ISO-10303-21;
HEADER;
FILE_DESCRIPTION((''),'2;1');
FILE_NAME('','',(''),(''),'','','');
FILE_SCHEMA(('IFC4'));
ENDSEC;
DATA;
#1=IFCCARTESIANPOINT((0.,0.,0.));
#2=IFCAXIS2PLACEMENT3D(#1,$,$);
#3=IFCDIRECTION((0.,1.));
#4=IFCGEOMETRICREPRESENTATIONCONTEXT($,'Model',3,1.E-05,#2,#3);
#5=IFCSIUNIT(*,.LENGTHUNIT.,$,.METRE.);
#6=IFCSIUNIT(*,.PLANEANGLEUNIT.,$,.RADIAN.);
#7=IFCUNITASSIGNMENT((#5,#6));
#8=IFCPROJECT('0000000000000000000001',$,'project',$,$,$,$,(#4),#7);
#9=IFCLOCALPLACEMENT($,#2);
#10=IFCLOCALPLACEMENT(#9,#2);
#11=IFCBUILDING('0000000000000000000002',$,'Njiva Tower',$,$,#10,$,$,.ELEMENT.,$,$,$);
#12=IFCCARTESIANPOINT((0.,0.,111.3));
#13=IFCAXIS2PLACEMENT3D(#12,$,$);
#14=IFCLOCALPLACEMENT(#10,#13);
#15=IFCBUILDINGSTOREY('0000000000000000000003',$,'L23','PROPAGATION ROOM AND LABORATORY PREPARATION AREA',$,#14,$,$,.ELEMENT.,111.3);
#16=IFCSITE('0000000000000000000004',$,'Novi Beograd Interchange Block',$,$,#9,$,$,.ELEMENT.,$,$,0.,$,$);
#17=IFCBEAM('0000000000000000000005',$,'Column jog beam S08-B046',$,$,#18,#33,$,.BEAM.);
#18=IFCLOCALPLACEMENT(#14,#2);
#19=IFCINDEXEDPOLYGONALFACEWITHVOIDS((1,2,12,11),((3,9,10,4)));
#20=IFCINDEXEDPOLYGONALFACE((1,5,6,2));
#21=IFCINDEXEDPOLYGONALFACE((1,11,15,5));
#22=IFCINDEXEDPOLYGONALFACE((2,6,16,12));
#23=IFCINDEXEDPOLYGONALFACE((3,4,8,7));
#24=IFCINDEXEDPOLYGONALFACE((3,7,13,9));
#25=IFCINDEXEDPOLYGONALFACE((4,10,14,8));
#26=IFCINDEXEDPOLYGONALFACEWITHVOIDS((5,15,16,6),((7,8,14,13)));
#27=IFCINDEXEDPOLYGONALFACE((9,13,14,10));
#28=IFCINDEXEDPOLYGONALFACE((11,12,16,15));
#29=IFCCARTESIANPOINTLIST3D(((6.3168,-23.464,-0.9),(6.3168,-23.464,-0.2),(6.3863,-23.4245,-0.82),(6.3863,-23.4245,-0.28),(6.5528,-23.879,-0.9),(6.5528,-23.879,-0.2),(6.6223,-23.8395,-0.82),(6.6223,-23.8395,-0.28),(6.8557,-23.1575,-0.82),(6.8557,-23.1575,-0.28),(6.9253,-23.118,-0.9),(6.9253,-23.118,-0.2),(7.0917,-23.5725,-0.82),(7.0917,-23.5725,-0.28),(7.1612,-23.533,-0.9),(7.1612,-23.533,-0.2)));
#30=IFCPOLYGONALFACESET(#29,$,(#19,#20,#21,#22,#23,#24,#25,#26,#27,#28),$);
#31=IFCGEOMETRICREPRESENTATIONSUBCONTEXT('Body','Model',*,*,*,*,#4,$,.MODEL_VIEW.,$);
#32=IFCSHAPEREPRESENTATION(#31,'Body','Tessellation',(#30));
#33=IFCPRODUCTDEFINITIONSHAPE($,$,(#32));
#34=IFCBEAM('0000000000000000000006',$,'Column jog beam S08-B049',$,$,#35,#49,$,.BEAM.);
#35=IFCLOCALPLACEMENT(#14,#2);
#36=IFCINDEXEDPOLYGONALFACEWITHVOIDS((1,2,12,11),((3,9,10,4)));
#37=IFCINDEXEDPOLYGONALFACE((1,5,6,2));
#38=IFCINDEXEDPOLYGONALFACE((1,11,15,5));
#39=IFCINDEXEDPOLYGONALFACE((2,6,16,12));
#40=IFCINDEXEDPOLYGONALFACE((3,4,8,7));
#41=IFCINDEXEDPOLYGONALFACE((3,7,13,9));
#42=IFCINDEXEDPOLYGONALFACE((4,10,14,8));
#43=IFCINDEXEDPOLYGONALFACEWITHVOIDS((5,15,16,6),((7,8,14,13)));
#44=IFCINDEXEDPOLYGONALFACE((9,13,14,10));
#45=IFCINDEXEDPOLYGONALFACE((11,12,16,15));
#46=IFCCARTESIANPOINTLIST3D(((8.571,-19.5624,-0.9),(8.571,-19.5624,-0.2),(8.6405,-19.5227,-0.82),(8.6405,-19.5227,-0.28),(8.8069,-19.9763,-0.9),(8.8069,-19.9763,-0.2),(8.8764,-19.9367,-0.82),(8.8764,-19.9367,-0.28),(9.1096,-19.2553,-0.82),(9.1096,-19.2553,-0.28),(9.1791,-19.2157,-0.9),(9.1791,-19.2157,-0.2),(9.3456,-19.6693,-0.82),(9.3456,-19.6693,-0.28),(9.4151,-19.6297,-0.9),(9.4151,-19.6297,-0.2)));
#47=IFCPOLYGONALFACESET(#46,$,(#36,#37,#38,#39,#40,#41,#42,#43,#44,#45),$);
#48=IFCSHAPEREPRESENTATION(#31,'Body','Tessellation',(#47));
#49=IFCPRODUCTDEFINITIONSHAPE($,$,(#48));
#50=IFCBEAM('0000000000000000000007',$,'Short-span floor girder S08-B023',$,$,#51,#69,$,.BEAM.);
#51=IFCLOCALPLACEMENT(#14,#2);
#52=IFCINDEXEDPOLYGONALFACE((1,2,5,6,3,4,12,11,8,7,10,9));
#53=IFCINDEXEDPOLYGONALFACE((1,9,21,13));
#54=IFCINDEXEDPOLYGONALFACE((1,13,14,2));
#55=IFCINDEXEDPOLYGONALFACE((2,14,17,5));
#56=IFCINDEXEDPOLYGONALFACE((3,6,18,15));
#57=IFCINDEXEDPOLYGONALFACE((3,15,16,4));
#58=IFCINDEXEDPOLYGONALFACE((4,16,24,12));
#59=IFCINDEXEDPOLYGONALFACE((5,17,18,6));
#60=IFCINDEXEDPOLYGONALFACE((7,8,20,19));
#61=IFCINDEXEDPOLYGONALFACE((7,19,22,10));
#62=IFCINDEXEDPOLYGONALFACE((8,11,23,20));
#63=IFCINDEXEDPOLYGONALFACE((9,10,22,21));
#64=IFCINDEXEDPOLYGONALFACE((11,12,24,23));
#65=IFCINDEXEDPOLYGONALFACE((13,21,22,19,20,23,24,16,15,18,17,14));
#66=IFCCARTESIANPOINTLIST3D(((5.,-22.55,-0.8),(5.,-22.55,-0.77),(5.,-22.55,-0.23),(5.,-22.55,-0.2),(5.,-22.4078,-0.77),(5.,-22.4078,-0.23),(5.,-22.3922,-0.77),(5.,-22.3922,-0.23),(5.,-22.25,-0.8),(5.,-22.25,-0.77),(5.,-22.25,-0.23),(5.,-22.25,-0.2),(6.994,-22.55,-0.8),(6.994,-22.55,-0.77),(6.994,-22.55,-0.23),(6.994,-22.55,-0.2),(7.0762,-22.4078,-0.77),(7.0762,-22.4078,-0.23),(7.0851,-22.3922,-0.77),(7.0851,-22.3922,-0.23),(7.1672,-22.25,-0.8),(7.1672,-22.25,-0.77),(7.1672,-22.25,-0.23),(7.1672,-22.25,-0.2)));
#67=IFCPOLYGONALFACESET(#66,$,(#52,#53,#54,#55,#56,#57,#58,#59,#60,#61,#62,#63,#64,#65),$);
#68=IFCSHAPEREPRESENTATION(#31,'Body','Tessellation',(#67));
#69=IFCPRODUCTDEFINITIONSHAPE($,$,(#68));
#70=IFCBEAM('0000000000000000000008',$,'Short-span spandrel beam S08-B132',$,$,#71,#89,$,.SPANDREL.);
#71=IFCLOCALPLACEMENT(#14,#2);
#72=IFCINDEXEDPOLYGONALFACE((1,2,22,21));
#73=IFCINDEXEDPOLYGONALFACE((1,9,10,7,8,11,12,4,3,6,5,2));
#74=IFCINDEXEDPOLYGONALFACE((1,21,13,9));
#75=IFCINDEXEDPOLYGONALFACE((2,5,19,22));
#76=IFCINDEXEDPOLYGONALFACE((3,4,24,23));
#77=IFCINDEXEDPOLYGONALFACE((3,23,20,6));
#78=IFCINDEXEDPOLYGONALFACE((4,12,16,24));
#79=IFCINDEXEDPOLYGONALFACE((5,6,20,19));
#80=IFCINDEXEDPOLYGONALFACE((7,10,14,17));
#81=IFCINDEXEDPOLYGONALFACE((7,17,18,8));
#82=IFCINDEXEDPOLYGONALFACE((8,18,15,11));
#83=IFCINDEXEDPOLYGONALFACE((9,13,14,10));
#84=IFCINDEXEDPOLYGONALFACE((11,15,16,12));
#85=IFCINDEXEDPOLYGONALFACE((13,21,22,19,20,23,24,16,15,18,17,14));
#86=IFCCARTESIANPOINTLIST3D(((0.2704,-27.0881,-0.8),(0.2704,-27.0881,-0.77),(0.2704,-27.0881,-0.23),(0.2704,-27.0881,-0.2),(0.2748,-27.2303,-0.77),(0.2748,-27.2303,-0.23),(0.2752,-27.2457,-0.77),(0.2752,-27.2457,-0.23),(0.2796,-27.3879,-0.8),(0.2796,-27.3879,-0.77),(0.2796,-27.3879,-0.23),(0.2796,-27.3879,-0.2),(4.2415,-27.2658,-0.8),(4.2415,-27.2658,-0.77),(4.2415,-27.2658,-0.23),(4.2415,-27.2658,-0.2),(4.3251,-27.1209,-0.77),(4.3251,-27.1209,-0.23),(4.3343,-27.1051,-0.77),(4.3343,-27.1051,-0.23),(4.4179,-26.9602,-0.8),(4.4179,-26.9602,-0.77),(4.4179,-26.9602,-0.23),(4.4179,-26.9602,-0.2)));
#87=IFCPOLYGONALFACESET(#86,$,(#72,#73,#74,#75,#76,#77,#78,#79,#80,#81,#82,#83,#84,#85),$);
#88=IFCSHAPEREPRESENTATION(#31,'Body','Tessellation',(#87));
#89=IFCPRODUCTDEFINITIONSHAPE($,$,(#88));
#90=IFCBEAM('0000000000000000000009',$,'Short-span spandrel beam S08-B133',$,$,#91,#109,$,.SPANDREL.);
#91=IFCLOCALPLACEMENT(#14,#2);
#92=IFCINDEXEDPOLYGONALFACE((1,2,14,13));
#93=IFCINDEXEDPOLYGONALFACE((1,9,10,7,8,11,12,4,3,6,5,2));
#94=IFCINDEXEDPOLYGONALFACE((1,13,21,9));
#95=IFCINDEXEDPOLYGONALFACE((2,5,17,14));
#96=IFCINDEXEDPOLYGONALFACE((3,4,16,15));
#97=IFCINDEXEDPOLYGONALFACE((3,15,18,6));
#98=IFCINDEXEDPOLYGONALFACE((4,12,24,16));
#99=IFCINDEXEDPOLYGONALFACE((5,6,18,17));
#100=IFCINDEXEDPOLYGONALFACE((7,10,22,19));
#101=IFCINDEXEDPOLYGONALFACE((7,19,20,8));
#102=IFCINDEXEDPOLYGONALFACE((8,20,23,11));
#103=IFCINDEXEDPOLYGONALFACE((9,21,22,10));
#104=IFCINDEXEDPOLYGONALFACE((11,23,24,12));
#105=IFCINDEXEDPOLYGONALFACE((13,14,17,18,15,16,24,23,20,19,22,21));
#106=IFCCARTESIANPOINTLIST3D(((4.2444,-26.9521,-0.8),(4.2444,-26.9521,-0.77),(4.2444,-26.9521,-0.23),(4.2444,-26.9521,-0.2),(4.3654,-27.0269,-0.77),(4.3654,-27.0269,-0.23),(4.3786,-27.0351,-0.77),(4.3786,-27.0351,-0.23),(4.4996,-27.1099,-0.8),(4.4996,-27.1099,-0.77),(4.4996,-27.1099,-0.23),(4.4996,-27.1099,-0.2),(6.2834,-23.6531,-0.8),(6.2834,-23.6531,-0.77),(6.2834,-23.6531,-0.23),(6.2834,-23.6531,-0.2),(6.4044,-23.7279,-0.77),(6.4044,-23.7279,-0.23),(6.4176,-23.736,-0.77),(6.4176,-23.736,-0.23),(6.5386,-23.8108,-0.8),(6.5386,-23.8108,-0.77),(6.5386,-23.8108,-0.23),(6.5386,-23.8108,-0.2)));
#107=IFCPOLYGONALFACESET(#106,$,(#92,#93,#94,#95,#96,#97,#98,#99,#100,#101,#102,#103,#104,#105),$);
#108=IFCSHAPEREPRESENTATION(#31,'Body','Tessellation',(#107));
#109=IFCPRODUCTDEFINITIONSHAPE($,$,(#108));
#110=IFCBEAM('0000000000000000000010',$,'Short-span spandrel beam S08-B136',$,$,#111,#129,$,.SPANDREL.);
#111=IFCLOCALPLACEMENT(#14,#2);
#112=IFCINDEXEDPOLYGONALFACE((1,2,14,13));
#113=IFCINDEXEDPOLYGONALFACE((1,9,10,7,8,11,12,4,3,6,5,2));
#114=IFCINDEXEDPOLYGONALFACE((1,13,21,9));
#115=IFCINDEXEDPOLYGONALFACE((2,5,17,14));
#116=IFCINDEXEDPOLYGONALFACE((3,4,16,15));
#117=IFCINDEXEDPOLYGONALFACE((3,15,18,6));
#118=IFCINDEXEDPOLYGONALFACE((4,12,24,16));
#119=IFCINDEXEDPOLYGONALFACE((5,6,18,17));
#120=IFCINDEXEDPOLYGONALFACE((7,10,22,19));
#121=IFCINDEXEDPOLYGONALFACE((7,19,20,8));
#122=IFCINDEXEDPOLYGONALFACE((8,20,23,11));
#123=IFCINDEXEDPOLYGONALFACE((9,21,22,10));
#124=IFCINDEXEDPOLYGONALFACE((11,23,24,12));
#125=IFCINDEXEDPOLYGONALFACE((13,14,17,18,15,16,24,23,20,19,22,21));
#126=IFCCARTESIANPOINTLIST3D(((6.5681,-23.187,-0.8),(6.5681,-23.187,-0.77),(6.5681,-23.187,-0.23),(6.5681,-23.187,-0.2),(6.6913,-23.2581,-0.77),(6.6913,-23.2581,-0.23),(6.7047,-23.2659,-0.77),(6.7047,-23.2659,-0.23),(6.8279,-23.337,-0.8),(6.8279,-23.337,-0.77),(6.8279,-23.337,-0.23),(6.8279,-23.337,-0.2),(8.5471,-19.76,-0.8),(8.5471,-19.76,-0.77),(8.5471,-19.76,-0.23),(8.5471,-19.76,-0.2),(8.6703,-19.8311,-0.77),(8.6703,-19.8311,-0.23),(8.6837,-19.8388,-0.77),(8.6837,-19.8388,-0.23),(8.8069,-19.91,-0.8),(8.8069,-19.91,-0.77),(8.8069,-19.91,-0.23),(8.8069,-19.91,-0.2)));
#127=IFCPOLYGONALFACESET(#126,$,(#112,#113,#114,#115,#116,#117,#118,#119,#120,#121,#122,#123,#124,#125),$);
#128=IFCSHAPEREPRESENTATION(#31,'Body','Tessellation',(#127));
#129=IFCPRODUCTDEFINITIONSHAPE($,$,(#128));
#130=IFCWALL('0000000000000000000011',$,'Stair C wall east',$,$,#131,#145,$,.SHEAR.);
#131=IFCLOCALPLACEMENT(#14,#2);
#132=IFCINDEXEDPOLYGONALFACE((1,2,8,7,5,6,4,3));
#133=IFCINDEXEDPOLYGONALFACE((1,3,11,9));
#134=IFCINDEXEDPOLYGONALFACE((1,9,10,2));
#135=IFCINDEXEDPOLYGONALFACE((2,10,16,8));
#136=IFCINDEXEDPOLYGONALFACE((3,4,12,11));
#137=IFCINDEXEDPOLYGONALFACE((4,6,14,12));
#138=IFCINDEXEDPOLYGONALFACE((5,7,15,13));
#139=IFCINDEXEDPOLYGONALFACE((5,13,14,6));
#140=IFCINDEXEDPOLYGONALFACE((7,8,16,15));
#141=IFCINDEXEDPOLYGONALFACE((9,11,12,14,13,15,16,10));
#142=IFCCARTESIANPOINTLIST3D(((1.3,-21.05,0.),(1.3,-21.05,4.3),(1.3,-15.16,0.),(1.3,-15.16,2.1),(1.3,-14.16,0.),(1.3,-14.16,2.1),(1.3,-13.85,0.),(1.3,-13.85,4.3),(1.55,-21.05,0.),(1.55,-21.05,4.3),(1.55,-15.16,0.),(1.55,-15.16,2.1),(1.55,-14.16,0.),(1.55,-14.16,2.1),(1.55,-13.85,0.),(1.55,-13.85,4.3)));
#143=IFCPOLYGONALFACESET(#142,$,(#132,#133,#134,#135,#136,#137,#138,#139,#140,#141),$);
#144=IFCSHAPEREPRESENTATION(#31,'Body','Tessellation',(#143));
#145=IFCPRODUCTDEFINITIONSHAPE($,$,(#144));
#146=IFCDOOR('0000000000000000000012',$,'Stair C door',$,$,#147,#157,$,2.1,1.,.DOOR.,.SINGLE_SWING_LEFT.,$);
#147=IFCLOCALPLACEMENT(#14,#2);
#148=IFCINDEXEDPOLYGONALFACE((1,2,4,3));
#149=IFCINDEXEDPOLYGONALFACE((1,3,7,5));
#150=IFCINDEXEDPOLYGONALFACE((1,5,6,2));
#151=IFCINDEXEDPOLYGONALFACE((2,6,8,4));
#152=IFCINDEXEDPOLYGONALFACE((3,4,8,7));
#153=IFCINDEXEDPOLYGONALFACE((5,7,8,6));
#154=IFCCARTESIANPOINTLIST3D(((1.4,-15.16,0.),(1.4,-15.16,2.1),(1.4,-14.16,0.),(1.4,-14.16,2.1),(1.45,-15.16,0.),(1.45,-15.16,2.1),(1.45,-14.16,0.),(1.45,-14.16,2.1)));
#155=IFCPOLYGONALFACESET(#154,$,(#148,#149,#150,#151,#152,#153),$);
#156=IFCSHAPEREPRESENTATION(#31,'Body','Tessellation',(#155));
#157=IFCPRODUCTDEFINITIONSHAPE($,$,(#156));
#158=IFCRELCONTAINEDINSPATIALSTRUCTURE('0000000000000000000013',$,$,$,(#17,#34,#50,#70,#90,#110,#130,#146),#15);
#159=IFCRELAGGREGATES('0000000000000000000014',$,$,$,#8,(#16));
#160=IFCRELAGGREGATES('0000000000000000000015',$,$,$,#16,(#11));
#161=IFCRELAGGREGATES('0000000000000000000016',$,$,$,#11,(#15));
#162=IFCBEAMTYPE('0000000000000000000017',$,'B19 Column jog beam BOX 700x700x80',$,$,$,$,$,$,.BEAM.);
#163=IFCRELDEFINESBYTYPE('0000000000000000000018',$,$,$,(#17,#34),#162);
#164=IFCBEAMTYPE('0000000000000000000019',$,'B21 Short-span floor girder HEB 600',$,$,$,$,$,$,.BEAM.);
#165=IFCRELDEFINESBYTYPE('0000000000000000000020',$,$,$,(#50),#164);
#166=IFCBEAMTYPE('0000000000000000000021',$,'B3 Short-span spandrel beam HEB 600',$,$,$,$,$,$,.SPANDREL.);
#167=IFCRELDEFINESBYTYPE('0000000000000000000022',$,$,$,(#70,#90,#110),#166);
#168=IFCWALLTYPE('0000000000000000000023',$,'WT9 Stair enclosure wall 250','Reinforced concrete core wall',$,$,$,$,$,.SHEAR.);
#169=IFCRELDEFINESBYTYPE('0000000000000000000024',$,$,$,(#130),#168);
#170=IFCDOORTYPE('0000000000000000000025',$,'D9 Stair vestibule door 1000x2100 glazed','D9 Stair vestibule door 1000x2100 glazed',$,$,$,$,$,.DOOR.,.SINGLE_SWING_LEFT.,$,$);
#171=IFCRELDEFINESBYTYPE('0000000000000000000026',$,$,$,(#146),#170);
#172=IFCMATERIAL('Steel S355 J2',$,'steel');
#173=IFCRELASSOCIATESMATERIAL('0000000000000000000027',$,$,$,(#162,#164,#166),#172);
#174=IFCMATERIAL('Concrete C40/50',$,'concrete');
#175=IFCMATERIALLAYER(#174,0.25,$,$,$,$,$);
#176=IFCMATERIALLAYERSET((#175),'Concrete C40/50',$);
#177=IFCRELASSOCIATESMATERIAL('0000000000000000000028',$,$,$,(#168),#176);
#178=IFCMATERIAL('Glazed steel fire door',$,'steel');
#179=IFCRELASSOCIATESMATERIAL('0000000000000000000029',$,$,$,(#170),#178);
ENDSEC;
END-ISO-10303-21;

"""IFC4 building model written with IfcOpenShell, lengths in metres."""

from ifc_helpers import new_model, si_unit, direction, frame, frame_2d, origin, origin_2d, place, context, subcontext, project, spatial, rectangle, hollow_rectangle, i_section, extrude, clip, halfspace, material, layer, layer_set, material_profile, profile_set, type_object, element, fill, save


model = new_model("IFC4")

# Units and contexts
model_context = context("Model", 3, precision=1e-05, world=origin(), true_north=direction((0.0, 1.0)))
body_context = subcontext(model_context, "Body", "Model", "MODEL_VIEW")
ifc_project = project(units=[si_unit("LENGTHUNIT", "METRE"), si_unit("PLANEANGLEUNIT", "RADIAN")], contexts=[model_context])

# Site, building, storey
site_placement = place(None, origin())
site = spatial("IfcSite", under=ifc_project, at=site_placement, Name="Novi Beograd Interchange Block", CompositionType="ELEMENT", RefElevation=0.0)
building_placement = place(site_placement, origin())
building = spatial("IfcBuilding", under=site, at=building_placement, Name="Njiva Tower", CompositionType="ELEMENT")
storey_placement = place(building_placement, frame((0.0, 0.0, 111.3)))
storey = spatial("IfcBuildingStorey", under=building, at=storey_placement, Name="L23", Description="PROPAGATION ROOM AND LABORATORY PREPARATION AREA", CompositionType="ELEMENT", Elevation=111.3)

# Shared definitions
ifc_material_1 = material(Name="Steel S355 J2", Category="steel")

# Beams
ifc_material_profile_1 = material_profile(ifc_material_1, hollow_rectangle(XDim=0.7, YDim=0.7, WallThickness=0.08, at=origin_2d()), Name="BOX 700x700x80")
ifc_profile_set_1 = profile_set([ifc_material_profile_1], Name="Steel S355 J2")
beam_type_1 = type_object("IfcBeamType", Name="B19 Column jog beam BOX 700x700x80", PredefinedType="BEAM", material=ifc_profile_set_1)
beam_1_placement = place(storey_placement, frame((6.857, -23.706, -0.55), z_axis=(-0.494333, 0.869272, 0.0), x_axis=(-0.869272, -0.494333, 0.0)))
element("IfcBeam", 1, at=beam_1_placement, inside=storey, type_object=beam_type_1, Name="Column jog beam S08-B046", PredefinedType="BEAM", context=body_context, shape_type="SweptSolid", body=[
    extrude(hollow_rectangle(XDim=0.7, YDim=0.7, WallThickness=0.08, at=origin_2d()), origin(), (0.0, 0.0, 1.0), 0.4774),
])
beam_2_placement = place(storey_placement, frame((9.111, -19.803, -0.55), z_axis=(-0.495235, 0.868759, 0.0), x_axis=(-0.868759, -0.495235, 0.0)))
element("IfcBeam", 2, at=beam_2_placement, inside=storey, type_object=beam_type_1, Name="Column jog beam S08-B049", PredefinedType="BEAM", context=body_context, shape_type="SweptSolid", body=[
    extrude(hollow_rectangle(XDim=0.7, YDim=0.7, WallThickness=0.08, at=origin_2d()), origin(), (0.0, 0.0, 1.0), 0.4765),
])
ifc_material_profile_2 = material_profile(ifc_material_1, i_section(OverallWidth=0.3, OverallDepth=0.6, WebThickness=0.0155, FlangeThickness=0.03, at=origin_2d()), Name="HEB 600")
ifc_profile_set_2 = profile_set([ifc_material_profile_2], Name="Steel S355 J2")
beam_type_2 = type_object("IfcBeamType", Name="B21 Short-span floor girder HEB 600", PredefinedType="BEAM", material=ifc_profile_set_2)
beam_3_placement = place(storey_placement, frame((5.0, -22.4, -0.5), z_axis=(1.0, 0.0, 0.0), x_axis=(0.0, 1.0, 0.0)))
element("IfcBeam", 3, at=beam_3_placement, inside=storey, type_object=beam_type_2, Name="Short-span floor girder S08-B023", PredefinedType="BEAM", context=body_context, shape_type="Clipping", body=[
    clip(extrude(i_section(OverallWidth=0.3, OverallDepth=0.6, WebThickness=0.0155, FlangeThickness=0.03, at=origin_2d()), origin(), (0.0, 0.0, 1.0), 2.188), halfspace(frame((-0.025, 0.0, 2.0662), z_axis=(-0.499998, 0.0, 0.866027), x_axis=(0.0, 1.0, 0.0)), False)),
])
ifc_material_profile_3 = material_profile(ifc_material_1, i_section(OverallWidth=0.3, OverallDepth=0.6, WebThickness=0.0155, FlangeThickness=0.03, at=origin_2d()), Name="HEB 600")
ifc_profile_set_3 = profile_set([ifc_material_profile_3], Name="Steel S355 J2")
beam_type_3 = type_object("IfcBeamType", Name="B3 Short-span spandrel beam HEB 600", PredefinedType="SPANDREL", material=ifc_profile_set_3)
beam_4_placement = place(storey_placement, frame((0.275, -27.238, -0.5), z_axis=(0.999525, 0.030812, 0.0), x_axis=(-0.030812, 0.999525, 0.0)))
element("IfcBeam", 4, at=beam_4_placement, inside=storey, type_object=beam_type_3, Name="Short-span spandrel beam S08-B132", PredefinedType="SPANDREL", context=body_context, shape_type="Clipping", body=[
    clip(extrude(i_section(OverallWidth=0.3, OverallDepth=0.6, WebThickness=0.0155, FlangeThickness=0.03, at=origin_2d()), origin(), (0.0, 0.0, 1.0), 4.1699), halfspace(frame((-0.0262, 0.0, 4.0404), z_axis=(-0.526444, 0.0, 0.85021), x_axis=(0.0, 1.0, 0.0)), False)),
])
beam_5_placement = place(storey_placement, frame((4.372, -27.031, -0.5), z_axis=(0.525751, 0.850639, 0.0), x_axis=(-0.850639, 0.525751, 0.0)))
element("IfcBeam", 5, at=beam_5_placement, inside=storey, type_object=beam_type_3, Name="Short-span spandrel beam S08-B133", PredefinedType="SPANDREL", context=body_context, shape_type="SweptSolid", body=[
    extrude(i_section(OverallWidth=0.3, OverallDepth=0.6, WebThickness=0.0155, FlangeThickness=0.03, at=origin_2d()), origin(), (0.0, 0.0, 1.0), 3.8783),
])
beam_6_placement = place(storey_placement, frame((6.698, -23.262, -0.5), z_axis=(0.50008, 0.865979, 0.0), x_axis=(-0.865979, 0.50008, 0.0)))
element("IfcBeam", 6, at=beam_6_placement, inside=storey, type_object=beam_type_3, Name="Short-span spandrel beam S08-B136", PredefinedType="SPANDREL", context=body_context, shape_type="SweptSolid", body=[
    extrude(i_section(OverallWidth=0.3, OverallDepth=0.6, WebThickness=0.0155, FlangeThickness=0.03, at=origin_2d()), origin(), (0.0, 0.0, 1.0), 3.9574),
])

# Wall, opening, door
ifc_material_2 = material(Name="Concrete C40/50", Category="concrete")
ifc_layer_1 = layer(ifc_material_2, 0.25)
ifc_layer_set_1 = layer_set([ifc_layer_1], Name="Concrete C40/50")
wall_type_1 = type_object("IfcWallType", Name="WT9 Stair enclosure wall 250", Description="Reinforced concrete core wall", PredefinedType="SHEAR", material=ifc_layer_set_1)
wall_1_placement = place(storey_placement, frame((1.425, -21.05, 0.0), z_axis=(0.0, 0.0, 1.0), x_axis=(0.0, 1.0, 0.0)))
wall_1 = element("IfcWall", 7, at=wall_1_placement, inside=storey, type_object=wall_type_1, Name="Stair C wall east", PredefinedType="SHEAR", context=body_context, shape_type="SweptSolid", body=[
    extrude(rectangle(XDim=7.2, YDim=0.25, at=frame_2d((3.6, 0.0))), origin(), (0.0, 0.0, 1.0), 4.3),
])
opening_1_placement = place(wall_1_placement, frame((5.89, 0.0, 0.0)))
opening_1 = element("IfcOpeningElement", 8, at=opening_1_placement, cuts=wall_1, PredefinedType="OPENING", context=body_context, shape_type="SweptSolid", body=[
    extrude(rectangle(XDim=1.0, YDim=2.1, at=frame_2d((0.5, 1.05))), frame((0.0, 0.135, 0.0), z_axis=(0.0, -1.0, 0.0), x_axis=(1.0, 0.0, 0.0)), (0.0, 0.0, 1.0), 0.27),
])
ifc_material_3 = material(Name="Glazed steel fire door", Category="steel")
door_type = type_object("IfcDoorType", Name="D9 Stair vestibule door 1000x2100 glazed", Description="D9 Stair vestibule door 1000x2100 glazed", OperationType="SINGLE_SWING_LEFT", PredefinedType="DOOR", material=ifc_material_3)
door_placement = place(opening_1_placement, origin())
door = element("IfcDoor", 9, at=door_placement, inside=storey, type_object=door_type, Name="Stair C door", OperationType="SINGLE_SWING_LEFT", OverallHeight=2.1, OverallWidth=1.0, PredefinedType="DOOR", context=body_context, shape_type="SweptSolid", body=[
    extrude(rectangle(XDim=1.0, YDim=2.1, at=frame_2d((0.5, 1.05))), frame((0.0, 0.025, 0.0), z_axis=(0.0, -1.0, 0.0), x_axis=(1.0, 0.0, 0.0)), (0.0, 0.0, 1.0), 0.05),
])
fill(opening_1, door)

save(model, "model.ifc")
